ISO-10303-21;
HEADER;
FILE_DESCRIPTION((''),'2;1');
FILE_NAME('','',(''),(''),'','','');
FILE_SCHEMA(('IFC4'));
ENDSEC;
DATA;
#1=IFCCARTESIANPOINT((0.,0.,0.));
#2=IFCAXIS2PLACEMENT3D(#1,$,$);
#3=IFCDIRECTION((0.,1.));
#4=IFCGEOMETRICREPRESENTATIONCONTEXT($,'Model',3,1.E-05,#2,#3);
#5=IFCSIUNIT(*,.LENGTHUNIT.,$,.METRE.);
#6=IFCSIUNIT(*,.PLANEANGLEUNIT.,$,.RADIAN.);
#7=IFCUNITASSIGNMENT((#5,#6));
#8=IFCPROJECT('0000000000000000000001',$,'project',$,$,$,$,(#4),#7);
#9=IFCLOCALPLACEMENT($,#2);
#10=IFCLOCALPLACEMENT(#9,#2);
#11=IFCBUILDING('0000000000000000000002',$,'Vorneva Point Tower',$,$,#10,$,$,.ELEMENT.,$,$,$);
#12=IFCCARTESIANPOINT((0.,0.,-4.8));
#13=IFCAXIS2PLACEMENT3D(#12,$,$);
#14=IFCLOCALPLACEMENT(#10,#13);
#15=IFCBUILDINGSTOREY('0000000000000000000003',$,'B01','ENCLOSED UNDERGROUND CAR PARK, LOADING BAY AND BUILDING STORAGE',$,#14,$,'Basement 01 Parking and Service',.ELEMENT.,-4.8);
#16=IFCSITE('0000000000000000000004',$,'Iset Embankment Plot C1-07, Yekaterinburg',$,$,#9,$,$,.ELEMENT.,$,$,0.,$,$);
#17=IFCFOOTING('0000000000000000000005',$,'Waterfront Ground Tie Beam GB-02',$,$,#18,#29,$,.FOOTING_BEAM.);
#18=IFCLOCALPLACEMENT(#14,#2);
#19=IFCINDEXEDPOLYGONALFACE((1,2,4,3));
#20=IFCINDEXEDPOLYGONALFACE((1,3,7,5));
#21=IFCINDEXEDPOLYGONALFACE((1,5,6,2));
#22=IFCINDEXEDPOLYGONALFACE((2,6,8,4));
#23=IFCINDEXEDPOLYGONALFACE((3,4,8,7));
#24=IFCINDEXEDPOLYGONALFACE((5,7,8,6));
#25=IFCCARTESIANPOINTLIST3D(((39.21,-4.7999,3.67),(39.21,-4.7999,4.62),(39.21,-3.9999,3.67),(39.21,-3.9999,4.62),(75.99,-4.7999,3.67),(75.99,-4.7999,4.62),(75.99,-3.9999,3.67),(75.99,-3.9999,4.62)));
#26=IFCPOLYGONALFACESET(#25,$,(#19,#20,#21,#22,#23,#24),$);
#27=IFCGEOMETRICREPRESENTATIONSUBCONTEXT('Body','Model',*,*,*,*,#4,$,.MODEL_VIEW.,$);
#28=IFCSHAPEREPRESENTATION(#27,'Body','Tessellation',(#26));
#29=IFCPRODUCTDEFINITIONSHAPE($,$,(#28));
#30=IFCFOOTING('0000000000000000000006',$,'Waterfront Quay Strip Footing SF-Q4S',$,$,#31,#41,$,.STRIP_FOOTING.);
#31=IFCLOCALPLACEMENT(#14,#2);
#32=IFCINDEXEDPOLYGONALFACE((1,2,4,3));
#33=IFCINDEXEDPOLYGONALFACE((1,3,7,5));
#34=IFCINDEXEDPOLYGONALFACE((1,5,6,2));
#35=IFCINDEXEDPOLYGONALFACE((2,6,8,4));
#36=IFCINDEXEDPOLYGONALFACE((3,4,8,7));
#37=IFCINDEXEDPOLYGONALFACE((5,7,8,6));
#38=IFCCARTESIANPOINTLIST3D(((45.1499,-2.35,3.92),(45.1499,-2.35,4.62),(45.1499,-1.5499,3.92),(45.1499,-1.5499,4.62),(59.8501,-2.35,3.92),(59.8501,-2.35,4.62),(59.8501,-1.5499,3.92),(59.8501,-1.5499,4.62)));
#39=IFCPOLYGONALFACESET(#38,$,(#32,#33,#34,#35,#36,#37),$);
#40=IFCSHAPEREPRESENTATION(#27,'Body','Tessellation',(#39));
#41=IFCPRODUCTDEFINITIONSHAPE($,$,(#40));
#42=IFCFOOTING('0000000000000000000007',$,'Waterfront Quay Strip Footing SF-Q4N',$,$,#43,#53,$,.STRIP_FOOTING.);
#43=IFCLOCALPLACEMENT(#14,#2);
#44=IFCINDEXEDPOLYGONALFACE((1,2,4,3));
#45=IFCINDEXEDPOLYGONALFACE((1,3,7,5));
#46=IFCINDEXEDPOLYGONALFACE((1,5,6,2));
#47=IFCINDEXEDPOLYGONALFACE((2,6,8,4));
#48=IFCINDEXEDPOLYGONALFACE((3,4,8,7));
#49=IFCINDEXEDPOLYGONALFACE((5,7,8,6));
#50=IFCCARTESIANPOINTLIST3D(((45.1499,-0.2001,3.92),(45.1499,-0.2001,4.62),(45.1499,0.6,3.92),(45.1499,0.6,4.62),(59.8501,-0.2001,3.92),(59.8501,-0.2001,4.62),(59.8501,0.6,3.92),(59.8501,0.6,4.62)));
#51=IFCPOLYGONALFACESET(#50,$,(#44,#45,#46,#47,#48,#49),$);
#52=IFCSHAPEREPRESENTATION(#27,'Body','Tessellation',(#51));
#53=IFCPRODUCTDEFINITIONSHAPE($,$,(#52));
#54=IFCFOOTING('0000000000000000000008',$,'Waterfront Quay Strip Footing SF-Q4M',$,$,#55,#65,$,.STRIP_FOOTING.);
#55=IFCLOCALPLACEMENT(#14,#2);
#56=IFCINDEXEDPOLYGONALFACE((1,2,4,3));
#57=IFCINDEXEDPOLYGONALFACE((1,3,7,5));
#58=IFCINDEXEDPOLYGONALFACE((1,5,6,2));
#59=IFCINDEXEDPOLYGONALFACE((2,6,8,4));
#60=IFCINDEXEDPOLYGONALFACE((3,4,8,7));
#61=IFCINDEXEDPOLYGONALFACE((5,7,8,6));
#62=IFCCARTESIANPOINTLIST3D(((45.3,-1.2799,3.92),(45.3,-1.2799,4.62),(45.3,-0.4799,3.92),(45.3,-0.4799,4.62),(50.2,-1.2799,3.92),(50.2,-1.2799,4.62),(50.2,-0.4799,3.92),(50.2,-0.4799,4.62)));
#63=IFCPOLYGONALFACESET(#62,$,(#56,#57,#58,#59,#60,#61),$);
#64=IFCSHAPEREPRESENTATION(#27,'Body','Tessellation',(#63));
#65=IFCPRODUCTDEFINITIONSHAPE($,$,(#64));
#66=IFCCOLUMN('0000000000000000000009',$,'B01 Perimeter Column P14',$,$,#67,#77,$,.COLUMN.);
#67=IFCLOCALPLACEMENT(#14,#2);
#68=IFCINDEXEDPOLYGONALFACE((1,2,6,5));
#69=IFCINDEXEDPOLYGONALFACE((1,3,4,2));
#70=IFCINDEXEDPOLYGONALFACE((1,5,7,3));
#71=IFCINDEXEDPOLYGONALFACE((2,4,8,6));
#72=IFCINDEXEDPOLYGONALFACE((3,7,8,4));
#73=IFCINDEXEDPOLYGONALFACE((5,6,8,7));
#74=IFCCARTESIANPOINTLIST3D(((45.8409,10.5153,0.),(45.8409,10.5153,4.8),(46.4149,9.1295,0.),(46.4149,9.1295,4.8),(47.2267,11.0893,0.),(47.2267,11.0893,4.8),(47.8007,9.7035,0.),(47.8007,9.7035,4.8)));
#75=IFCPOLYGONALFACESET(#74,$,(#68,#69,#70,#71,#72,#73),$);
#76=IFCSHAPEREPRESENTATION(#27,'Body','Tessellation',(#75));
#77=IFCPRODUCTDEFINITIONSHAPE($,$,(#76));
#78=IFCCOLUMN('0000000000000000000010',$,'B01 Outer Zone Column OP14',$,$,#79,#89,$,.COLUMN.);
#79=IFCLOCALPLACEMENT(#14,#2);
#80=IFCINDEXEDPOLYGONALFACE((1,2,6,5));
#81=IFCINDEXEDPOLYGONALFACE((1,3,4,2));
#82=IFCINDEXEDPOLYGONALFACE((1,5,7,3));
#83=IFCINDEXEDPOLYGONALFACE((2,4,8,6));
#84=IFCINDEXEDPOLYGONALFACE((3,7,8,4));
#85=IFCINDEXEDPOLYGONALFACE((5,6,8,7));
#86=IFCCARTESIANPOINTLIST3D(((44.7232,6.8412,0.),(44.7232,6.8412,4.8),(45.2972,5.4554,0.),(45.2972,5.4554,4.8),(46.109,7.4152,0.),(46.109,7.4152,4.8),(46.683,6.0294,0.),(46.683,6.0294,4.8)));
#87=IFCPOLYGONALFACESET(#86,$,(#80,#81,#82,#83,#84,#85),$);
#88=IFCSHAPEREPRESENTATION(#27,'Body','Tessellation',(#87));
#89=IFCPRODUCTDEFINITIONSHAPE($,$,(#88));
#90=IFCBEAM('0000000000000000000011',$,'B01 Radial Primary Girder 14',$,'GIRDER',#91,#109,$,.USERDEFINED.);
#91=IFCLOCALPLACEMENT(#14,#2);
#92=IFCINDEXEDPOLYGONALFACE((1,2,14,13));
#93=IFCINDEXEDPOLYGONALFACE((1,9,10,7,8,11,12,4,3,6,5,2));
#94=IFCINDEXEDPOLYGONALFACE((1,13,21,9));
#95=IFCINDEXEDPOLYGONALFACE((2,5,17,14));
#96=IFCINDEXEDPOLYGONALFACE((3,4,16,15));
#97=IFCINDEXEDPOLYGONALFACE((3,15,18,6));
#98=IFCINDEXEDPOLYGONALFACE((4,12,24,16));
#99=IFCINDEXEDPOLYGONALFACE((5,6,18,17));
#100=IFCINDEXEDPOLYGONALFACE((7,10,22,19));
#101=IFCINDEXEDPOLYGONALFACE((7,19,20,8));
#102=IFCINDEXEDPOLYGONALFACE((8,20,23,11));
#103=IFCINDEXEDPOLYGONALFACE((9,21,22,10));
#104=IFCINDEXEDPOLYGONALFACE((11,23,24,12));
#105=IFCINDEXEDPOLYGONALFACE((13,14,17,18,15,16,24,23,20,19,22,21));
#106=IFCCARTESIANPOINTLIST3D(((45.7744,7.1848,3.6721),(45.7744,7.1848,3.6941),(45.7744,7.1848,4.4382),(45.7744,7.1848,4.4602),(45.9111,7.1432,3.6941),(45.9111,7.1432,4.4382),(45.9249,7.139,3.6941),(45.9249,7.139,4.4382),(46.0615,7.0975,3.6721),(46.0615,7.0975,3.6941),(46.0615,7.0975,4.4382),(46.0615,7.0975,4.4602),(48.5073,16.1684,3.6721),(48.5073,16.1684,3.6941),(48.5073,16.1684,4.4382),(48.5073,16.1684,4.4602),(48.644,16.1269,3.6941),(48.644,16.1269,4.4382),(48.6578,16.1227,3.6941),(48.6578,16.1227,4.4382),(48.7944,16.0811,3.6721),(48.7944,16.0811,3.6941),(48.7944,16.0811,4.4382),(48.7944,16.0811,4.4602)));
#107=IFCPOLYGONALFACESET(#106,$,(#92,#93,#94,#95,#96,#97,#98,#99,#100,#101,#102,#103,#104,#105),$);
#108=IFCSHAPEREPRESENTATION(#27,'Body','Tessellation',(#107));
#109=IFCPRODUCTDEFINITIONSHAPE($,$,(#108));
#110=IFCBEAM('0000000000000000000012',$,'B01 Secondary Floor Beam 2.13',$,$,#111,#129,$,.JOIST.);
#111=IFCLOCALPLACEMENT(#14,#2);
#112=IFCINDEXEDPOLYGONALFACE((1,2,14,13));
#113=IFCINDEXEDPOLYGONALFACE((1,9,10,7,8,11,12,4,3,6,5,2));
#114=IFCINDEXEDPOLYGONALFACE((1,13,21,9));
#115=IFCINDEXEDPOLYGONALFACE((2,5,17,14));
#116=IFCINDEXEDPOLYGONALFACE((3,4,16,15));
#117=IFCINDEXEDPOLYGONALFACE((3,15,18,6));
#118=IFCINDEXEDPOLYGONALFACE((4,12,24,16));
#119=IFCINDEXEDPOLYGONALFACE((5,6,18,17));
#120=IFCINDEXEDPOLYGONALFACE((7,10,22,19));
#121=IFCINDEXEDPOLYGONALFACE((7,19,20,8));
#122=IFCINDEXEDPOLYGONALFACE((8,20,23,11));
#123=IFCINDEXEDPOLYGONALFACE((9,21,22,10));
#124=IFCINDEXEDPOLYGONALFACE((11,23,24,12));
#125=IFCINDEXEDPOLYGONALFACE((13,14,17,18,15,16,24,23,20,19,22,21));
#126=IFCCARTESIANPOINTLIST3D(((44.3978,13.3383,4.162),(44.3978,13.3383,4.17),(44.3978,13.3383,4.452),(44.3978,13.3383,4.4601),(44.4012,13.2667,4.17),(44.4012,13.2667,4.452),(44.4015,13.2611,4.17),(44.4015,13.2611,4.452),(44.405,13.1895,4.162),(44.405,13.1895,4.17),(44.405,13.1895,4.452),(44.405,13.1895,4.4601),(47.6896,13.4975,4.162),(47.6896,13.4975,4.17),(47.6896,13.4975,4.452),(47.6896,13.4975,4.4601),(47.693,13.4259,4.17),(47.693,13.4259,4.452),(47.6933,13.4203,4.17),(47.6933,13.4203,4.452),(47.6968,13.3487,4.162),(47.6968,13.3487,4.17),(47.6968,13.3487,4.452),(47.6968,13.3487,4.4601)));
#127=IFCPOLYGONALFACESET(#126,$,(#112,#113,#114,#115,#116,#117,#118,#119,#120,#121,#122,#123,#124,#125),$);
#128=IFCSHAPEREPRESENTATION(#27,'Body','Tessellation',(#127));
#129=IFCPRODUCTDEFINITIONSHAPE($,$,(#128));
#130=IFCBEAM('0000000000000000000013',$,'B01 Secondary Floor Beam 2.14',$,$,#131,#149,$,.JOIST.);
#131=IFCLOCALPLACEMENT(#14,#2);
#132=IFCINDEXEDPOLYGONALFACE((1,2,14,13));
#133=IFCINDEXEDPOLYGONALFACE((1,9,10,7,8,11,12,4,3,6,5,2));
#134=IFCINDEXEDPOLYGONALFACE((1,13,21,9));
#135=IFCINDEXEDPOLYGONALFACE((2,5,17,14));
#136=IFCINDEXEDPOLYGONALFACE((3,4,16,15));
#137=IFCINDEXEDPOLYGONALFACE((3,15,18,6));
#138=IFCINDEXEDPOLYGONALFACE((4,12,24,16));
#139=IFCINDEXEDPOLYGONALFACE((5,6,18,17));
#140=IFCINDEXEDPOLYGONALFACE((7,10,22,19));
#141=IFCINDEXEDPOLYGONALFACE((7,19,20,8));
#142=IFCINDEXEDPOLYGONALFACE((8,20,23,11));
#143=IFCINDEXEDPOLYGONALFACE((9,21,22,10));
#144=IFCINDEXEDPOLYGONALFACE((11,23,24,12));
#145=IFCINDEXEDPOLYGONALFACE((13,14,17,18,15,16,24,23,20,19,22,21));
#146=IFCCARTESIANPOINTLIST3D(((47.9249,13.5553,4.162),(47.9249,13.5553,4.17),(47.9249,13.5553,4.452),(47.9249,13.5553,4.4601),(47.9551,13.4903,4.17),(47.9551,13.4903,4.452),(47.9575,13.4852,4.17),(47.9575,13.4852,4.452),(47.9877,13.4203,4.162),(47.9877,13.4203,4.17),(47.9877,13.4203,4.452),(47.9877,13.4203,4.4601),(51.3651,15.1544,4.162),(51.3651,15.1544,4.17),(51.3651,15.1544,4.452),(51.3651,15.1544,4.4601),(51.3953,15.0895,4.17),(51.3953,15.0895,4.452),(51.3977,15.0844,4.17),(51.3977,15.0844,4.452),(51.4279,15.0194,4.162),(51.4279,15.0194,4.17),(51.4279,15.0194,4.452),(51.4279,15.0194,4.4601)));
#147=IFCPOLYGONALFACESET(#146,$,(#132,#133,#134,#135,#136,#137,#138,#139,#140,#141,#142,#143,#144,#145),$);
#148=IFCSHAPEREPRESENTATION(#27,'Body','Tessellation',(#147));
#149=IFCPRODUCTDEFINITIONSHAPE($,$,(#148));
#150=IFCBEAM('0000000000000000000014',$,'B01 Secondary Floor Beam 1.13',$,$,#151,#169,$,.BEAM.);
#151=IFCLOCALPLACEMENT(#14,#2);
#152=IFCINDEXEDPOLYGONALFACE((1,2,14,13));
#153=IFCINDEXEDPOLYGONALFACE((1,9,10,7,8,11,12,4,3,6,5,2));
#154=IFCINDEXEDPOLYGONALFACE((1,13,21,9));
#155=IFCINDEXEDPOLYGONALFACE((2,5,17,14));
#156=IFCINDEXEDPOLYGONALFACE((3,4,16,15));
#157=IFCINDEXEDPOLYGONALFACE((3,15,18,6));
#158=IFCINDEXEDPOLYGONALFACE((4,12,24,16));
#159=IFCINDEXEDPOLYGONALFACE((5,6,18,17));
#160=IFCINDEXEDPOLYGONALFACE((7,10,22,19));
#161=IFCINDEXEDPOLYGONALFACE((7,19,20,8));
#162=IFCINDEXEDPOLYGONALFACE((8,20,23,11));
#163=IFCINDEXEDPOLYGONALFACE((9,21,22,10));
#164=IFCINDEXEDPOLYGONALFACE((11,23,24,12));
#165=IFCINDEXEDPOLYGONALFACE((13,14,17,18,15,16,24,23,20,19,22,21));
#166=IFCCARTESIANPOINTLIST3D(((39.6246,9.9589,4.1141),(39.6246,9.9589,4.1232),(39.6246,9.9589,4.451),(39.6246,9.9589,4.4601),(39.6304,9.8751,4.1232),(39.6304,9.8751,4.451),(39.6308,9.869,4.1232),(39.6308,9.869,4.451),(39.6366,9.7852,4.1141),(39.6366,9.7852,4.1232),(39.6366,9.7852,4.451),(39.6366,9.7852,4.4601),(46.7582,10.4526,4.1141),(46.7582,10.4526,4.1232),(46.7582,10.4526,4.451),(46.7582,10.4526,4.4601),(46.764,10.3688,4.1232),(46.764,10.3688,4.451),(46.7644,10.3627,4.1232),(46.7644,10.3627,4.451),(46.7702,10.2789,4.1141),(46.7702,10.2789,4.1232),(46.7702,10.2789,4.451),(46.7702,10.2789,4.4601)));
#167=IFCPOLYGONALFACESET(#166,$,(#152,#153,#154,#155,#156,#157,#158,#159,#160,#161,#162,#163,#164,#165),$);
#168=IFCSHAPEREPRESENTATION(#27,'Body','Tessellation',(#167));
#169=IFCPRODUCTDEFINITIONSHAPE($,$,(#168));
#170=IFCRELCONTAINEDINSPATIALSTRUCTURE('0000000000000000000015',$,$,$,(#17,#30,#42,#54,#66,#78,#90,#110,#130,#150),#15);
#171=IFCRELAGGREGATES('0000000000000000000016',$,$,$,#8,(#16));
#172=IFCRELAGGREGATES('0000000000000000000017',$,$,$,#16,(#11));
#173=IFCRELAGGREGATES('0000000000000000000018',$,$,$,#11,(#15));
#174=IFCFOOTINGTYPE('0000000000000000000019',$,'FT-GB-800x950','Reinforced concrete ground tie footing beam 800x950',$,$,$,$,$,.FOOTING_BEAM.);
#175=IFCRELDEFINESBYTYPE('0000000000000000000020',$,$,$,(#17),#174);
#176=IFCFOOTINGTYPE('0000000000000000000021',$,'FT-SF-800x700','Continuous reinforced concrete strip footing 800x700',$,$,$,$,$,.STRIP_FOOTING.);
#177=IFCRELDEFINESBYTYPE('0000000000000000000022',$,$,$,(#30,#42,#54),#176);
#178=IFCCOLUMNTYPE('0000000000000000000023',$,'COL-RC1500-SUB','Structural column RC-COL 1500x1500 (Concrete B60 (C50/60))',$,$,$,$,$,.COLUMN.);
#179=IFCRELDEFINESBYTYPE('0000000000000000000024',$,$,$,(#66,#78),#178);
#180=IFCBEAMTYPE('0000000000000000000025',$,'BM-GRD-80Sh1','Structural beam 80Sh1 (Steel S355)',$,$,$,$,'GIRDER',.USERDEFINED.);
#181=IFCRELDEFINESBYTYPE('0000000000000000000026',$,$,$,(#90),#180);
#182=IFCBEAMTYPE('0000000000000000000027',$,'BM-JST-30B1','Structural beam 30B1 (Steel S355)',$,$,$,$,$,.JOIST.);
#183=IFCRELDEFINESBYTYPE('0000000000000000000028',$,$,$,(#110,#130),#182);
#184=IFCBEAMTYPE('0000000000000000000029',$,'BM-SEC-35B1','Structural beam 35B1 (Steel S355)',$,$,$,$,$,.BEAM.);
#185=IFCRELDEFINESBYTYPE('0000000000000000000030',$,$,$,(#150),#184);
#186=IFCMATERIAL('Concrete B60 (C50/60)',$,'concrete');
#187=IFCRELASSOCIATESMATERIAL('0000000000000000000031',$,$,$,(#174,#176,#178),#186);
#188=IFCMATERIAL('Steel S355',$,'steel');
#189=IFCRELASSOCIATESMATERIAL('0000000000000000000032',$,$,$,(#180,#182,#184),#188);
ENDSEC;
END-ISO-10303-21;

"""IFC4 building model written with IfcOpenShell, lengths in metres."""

from ifc_helpers import new_model, si_unit, direction, frame, origin, origin_2d, place, context, subcontext, project, spatial, rectangle, i_section, extrude, material, material_profile, profile_set, type_object, element, save


model = new_model("IFC4")

# Units and contexts
model_context = context("Model", 3, precision=1e-05, world=origin(), true_north=direction((0.0, 1.0)))
body_context = subcontext(model_context, "Body", "Model", "MODEL_VIEW")
ifc_project = project(units=[si_unit("LENGTHUNIT", "METRE"), si_unit("PLANEANGLEUNIT", "RADIAN")], contexts=[model_context])

# Site, building, storey
site_placement = place(None, origin())
site = spatial("IfcSite", under=ifc_project, at=site_placement, Name="Iset Embankment Plot C1-07, Yekaterinburg", CompositionType="ELEMENT", RefElevation=0.0)
building_placement = place(site_placement, origin())
building = spatial("IfcBuilding", under=site, at=building_placement, Name="Vorneva Point Tower", CompositionType="ELEMENT")
storey_placement = place(building_placement, frame((0.0, 0.0, -4.8)))
storey = spatial("IfcBuildingStorey", under=building, at=storey_placement, Name="B01", Description="ENCLOSED UNDERGROUND CAR PARK, LOADING BAY AND BUILDING STORAGE", LongName="Basement 01 Parking and Service", CompositionType="ELEMENT", Elevation=-4.8)

# Footings
ifc_material_1 = material(Name="Concrete B60 (C50/60)", Category="concrete")
ifc_material_profile_1 = material_profile(ifc_material_1, rectangle(XDim=0.8, YDim=0.95, at=origin_2d()), Name="GB 800x950")
ifc_profile_set_1 = profile_set([ifc_material_profile_1], Name="Concrete B60 (C50/60)")
footing_type_1 = type_object("IfcFootingType", Name="FT-GB-800x950", Description="Reinforced concrete ground tie footing beam 800x950", PredefinedType="FOOTING_BEAM", material=ifc_profile_set_1)
footing_1_placement = place(storey_placement, frame((39.21, -4.3999, 4.145), z_axis=(1.0, 0.0, 0.0), x_axis=(0.0, 1.0, 0.0)))
element("IfcFooting", 1, at=footing_1_placement, inside=storey, type_object=footing_type_1, Name="Waterfront Ground Tie Beam GB-02", PredefinedType="FOOTING_BEAM", context=body_context, shape_type="SweptSolid", body=[
    extrude(rectangle(XDim=0.8, YDim=0.95, at=origin_2d()), origin(), (0.0, 0.0, 1.0), 36.78),
])
ifc_material_profile_2 = material_profile(ifc_material_1, rectangle(XDim=0.8, YDim=0.7, at=origin_2d()), Name="SF 800x700")
ifc_profile_set_2 = profile_set([ifc_material_profile_2], Name="Concrete B60 (C50/60)")
footing_type_2 = type_object("IfcFootingType", Name="FT-SF-800x700", Description="Continuous reinforced concrete strip footing 800x700", PredefinedType="STRIP_FOOTING", material=ifc_profile_set_2)
for number, where, z_axis, x_axis, name in (
    (2, (45.1499, -1.95, 4.27), (1.0, 0.0, 0.0), (0.0, 1.0, 0.0), "Waterfront Quay Strip Footing SF-Q4S"),
    (3, (45.1499, 0.2, 4.27), (1.0, 0.0, 0.0), (0.0, 1.0, 0.0), "Waterfront Quay Strip Footing SF-Q4N"),
):
    element("IfcFooting", number, at=place(storey_placement, frame(where, z_axis=z_axis, x_axis=x_axis)), inside=storey, type_object=footing_type_2, Name=name, PredefinedType="STRIP_FOOTING", context=body_context, shape_type="SweptSolid", body=[
        extrude(rectangle(XDim=0.8, YDim=0.7, at=origin_2d()), origin(), (0.0, 0.0, 1.0), 14.7002),
    ])
footing_2_placement = place(storey_placement, frame((45.3, -0.8799, 4.27), z_axis=(1.0, 0.0, 0.0), x_axis=(0.0, 1.0, 0.0)))
element("IfcFooting", 4, at=footing_2_placement, inside=storey, type_object=footing_type_2, Name="Waterfront Quay Strip Footing SF-Q4M", PredefinedType="STRIP_FOOTING", context=body_context, shape_type="SweptSolid", body=[
    extrude(rectangle(XDim=0.8, YDim=0.7, at=origin_2d()), origin(), (0.0, 0.0, 1.0), 4.8999),
])

# Columns
ifc_material_profile_3 = material_profile(ifc_material_1, rectangle(XDim=1.5, YDim=1.5, at=origin_2d()), Name="RC-COL 1500x1500")
ifc_profile_set_3 = profile_set([ifc_material_profile_3], Name="Concrete B60 (C50/60)")
column_type = type_object("IfcColumnType", Name="COL-RC1500-SUB", Description="Structural column RC-COL 1500x1500 (Concrete B60 (C50/60))", PredefinedType="COLUMN", material=ifc_profile_set_3)
for number, where, z_axis, x_axis, name in (
    (5, (46.8208, 10.1094, 0.0), (0.0, 0.0, 1.0), (0.382683, -0.92388, 0.0), "B01 Perimeter Column P14"),
    (6, (45.7031, 6.4353, 0.0), (0.0, 0.0, 1.0), (0.382683, -0.92388, 0.0), "B01 Outer Zone Column OP14"),
):
    element("IfcColumn", number, at=place(storey_placement, frame(where, z_axis=z_axis, x_axis=x_axis)), inside=storey, type_object=column_type, Name=name, PredefinedType="COLUMN", context=body_context, shape_type="SweptSolid", body=[
        extrude(rectangle(XDim=1.5, YDim=1.5, at=origin_2d()), origin(), (0.0, 0.0, 1.0), 4.8),
    ])

# Beams
ifc_material_2 = material(Name="Steel S355", Category="steel")
ifc_material_profile_4 = material_profile(ifc_material_2, i_section(OverallWidth=0.3, OverallDepth=0.7881, WebThickness=0.0144, FlangeThickness=0.022, at=origin_2d()), Name="80Sh1")
ifc_profile_set_4 = profile_set([ifc_material_profile_4], Name="Steel S355")
beam_type_1 = type_object("IfcBeamType", Name="BM-GRD-80Sh1", Description="Structural beam 80Sh1 (Steel S355)", ElementType="GIRDER", PredefinedType="USERDEFINED", material=ifc_profile_set_4)
beam_1_placement = place(storey_placement, frame((45.918, 7.1411, 4.0662), z_axis=(0.291041, 0.956711, 0.0), x_axis=(-0.956711, 0.291041, 0.0)))
element("IfcBeam", 7, at=beam_1_placement, inside=storey, type_object=beam_type_1, Name="B01 Radial Primary Girder 14", ObjectType="GIRDER", PredefinedType="USERDEFINED", context=body_context, shape_type="SweptSolid", body=[
    extrude(i_section(OverallWidth=0.3, OverallDepth=0.7881, WebThickness=0.0144, FlangeThickness=0.022, at=origin_2d()), origin(), (0.0, 0.0, 1.0), 9.3901),
])
ifc_material_profile_5 = material_profile(ifc_material_2, i_section(OverallWidth=0.1489, OverallDepth=0.2981, WebThickness=0.0056, FlangeThickness=0.0081, at=origin_2d()), Name="30B1")
ifc_profile_set_5 = profile_set([ifc_material_profile_5], Name="Steel S355")
beam_type_2 = type_object("IfcBeamType", Name="BM-JST-30B1", Description="Structural beam 30B1 (Steel S355)", PredefinedType="JOIST", material=ifc_profile_set_5)
beam_2_placement = place(storey_placement, frame((44.4014, 13.2639, 4.311), z_axis=(0.998833, 0.048301, 0.0), x_axis=(-0.048301, 0.998833, 0.0)))
element("IfcBeam", 8, at=beam_2_placement, inside=storey, type_object=beam_type_2, Name="B01 Secondary Floor Beam 2.13", PredefinedType="JOIST", context=body_context, shape_type="SweptSolid", body=[
    extrude(i_section(OverallWidth=0.1489, OverallDepth=0.2981, WebThickness=0.0056, FlangeThickness=0.0081, at=origin_2d()), origin(), (0.0, 0.0, 1.0), 3.2957),
])
beam_3_placement = place(storey_placement, frame((47.9563, 13.4878, 4.311), z_axis=(0.906818, 0.421522, 0.0), x_axis=(-0.421522, 0.906818, 0.0)))
element("IfcBeam", 9, at=beam_3_placement, inside=storey, type_object=beam_type_2, Name="B01 Secondary Floor Beam 2.14", PredefinedType="JOIST", context=body_context, shape_type="SweptSolid", body=[
    extrude(i_section(OverallWidth=0.1489, OverallDepth=0.2981, WebThickness=0.0056, FlangeThickness=0.0081, at=origin_2d()), origin(), (0.0, 0.0, 1.0), 3.7937),
])
ifc_material_profile_6 = material_profile(ifc_material_2, i_section(OverallWidth=0.1741, OverallDepth=0.3459, WebThickness=0.0061, FlangeThickness=0.009, at=origin_2d()), Name="35B1")
ifc_profile_set_6 = profile_set([ifc_material_profile_6], Name="Steel S355")
beam_type_3 = type_object("IfcBeamType", Name="BM-SEC-35B1", Description="Structural beam 35B1 (Steel S355)", PredefinedType="BEAM", material=ifc_profile_set_6)
beam_4_placement = place(storey_placement, frame((39.6306, 9.8721, 4.2871), z_axis=(0.997614, 0.069036, 0.0), x_axis=(-0.069036, 0.997614, 0.0)))
element("IfcBeam", 10, at=beam_4_placement, inside=storey, type_object=beam_type_3, Name="B01 Secondary Floor Beam 1.13", PredefinedType="BEAM", context=body_context, shape_type="SweptSolid", body=[
    extrude(i_section(OverallWidth=0.1741, OverallDepth=0.3459, WebThickness=0.0061, FlangeThickness=0.009, at=origin_2d()), origin(), (0.0, 0.0, 1.0), 7.1506),
])

save(model, "model.ifc")
